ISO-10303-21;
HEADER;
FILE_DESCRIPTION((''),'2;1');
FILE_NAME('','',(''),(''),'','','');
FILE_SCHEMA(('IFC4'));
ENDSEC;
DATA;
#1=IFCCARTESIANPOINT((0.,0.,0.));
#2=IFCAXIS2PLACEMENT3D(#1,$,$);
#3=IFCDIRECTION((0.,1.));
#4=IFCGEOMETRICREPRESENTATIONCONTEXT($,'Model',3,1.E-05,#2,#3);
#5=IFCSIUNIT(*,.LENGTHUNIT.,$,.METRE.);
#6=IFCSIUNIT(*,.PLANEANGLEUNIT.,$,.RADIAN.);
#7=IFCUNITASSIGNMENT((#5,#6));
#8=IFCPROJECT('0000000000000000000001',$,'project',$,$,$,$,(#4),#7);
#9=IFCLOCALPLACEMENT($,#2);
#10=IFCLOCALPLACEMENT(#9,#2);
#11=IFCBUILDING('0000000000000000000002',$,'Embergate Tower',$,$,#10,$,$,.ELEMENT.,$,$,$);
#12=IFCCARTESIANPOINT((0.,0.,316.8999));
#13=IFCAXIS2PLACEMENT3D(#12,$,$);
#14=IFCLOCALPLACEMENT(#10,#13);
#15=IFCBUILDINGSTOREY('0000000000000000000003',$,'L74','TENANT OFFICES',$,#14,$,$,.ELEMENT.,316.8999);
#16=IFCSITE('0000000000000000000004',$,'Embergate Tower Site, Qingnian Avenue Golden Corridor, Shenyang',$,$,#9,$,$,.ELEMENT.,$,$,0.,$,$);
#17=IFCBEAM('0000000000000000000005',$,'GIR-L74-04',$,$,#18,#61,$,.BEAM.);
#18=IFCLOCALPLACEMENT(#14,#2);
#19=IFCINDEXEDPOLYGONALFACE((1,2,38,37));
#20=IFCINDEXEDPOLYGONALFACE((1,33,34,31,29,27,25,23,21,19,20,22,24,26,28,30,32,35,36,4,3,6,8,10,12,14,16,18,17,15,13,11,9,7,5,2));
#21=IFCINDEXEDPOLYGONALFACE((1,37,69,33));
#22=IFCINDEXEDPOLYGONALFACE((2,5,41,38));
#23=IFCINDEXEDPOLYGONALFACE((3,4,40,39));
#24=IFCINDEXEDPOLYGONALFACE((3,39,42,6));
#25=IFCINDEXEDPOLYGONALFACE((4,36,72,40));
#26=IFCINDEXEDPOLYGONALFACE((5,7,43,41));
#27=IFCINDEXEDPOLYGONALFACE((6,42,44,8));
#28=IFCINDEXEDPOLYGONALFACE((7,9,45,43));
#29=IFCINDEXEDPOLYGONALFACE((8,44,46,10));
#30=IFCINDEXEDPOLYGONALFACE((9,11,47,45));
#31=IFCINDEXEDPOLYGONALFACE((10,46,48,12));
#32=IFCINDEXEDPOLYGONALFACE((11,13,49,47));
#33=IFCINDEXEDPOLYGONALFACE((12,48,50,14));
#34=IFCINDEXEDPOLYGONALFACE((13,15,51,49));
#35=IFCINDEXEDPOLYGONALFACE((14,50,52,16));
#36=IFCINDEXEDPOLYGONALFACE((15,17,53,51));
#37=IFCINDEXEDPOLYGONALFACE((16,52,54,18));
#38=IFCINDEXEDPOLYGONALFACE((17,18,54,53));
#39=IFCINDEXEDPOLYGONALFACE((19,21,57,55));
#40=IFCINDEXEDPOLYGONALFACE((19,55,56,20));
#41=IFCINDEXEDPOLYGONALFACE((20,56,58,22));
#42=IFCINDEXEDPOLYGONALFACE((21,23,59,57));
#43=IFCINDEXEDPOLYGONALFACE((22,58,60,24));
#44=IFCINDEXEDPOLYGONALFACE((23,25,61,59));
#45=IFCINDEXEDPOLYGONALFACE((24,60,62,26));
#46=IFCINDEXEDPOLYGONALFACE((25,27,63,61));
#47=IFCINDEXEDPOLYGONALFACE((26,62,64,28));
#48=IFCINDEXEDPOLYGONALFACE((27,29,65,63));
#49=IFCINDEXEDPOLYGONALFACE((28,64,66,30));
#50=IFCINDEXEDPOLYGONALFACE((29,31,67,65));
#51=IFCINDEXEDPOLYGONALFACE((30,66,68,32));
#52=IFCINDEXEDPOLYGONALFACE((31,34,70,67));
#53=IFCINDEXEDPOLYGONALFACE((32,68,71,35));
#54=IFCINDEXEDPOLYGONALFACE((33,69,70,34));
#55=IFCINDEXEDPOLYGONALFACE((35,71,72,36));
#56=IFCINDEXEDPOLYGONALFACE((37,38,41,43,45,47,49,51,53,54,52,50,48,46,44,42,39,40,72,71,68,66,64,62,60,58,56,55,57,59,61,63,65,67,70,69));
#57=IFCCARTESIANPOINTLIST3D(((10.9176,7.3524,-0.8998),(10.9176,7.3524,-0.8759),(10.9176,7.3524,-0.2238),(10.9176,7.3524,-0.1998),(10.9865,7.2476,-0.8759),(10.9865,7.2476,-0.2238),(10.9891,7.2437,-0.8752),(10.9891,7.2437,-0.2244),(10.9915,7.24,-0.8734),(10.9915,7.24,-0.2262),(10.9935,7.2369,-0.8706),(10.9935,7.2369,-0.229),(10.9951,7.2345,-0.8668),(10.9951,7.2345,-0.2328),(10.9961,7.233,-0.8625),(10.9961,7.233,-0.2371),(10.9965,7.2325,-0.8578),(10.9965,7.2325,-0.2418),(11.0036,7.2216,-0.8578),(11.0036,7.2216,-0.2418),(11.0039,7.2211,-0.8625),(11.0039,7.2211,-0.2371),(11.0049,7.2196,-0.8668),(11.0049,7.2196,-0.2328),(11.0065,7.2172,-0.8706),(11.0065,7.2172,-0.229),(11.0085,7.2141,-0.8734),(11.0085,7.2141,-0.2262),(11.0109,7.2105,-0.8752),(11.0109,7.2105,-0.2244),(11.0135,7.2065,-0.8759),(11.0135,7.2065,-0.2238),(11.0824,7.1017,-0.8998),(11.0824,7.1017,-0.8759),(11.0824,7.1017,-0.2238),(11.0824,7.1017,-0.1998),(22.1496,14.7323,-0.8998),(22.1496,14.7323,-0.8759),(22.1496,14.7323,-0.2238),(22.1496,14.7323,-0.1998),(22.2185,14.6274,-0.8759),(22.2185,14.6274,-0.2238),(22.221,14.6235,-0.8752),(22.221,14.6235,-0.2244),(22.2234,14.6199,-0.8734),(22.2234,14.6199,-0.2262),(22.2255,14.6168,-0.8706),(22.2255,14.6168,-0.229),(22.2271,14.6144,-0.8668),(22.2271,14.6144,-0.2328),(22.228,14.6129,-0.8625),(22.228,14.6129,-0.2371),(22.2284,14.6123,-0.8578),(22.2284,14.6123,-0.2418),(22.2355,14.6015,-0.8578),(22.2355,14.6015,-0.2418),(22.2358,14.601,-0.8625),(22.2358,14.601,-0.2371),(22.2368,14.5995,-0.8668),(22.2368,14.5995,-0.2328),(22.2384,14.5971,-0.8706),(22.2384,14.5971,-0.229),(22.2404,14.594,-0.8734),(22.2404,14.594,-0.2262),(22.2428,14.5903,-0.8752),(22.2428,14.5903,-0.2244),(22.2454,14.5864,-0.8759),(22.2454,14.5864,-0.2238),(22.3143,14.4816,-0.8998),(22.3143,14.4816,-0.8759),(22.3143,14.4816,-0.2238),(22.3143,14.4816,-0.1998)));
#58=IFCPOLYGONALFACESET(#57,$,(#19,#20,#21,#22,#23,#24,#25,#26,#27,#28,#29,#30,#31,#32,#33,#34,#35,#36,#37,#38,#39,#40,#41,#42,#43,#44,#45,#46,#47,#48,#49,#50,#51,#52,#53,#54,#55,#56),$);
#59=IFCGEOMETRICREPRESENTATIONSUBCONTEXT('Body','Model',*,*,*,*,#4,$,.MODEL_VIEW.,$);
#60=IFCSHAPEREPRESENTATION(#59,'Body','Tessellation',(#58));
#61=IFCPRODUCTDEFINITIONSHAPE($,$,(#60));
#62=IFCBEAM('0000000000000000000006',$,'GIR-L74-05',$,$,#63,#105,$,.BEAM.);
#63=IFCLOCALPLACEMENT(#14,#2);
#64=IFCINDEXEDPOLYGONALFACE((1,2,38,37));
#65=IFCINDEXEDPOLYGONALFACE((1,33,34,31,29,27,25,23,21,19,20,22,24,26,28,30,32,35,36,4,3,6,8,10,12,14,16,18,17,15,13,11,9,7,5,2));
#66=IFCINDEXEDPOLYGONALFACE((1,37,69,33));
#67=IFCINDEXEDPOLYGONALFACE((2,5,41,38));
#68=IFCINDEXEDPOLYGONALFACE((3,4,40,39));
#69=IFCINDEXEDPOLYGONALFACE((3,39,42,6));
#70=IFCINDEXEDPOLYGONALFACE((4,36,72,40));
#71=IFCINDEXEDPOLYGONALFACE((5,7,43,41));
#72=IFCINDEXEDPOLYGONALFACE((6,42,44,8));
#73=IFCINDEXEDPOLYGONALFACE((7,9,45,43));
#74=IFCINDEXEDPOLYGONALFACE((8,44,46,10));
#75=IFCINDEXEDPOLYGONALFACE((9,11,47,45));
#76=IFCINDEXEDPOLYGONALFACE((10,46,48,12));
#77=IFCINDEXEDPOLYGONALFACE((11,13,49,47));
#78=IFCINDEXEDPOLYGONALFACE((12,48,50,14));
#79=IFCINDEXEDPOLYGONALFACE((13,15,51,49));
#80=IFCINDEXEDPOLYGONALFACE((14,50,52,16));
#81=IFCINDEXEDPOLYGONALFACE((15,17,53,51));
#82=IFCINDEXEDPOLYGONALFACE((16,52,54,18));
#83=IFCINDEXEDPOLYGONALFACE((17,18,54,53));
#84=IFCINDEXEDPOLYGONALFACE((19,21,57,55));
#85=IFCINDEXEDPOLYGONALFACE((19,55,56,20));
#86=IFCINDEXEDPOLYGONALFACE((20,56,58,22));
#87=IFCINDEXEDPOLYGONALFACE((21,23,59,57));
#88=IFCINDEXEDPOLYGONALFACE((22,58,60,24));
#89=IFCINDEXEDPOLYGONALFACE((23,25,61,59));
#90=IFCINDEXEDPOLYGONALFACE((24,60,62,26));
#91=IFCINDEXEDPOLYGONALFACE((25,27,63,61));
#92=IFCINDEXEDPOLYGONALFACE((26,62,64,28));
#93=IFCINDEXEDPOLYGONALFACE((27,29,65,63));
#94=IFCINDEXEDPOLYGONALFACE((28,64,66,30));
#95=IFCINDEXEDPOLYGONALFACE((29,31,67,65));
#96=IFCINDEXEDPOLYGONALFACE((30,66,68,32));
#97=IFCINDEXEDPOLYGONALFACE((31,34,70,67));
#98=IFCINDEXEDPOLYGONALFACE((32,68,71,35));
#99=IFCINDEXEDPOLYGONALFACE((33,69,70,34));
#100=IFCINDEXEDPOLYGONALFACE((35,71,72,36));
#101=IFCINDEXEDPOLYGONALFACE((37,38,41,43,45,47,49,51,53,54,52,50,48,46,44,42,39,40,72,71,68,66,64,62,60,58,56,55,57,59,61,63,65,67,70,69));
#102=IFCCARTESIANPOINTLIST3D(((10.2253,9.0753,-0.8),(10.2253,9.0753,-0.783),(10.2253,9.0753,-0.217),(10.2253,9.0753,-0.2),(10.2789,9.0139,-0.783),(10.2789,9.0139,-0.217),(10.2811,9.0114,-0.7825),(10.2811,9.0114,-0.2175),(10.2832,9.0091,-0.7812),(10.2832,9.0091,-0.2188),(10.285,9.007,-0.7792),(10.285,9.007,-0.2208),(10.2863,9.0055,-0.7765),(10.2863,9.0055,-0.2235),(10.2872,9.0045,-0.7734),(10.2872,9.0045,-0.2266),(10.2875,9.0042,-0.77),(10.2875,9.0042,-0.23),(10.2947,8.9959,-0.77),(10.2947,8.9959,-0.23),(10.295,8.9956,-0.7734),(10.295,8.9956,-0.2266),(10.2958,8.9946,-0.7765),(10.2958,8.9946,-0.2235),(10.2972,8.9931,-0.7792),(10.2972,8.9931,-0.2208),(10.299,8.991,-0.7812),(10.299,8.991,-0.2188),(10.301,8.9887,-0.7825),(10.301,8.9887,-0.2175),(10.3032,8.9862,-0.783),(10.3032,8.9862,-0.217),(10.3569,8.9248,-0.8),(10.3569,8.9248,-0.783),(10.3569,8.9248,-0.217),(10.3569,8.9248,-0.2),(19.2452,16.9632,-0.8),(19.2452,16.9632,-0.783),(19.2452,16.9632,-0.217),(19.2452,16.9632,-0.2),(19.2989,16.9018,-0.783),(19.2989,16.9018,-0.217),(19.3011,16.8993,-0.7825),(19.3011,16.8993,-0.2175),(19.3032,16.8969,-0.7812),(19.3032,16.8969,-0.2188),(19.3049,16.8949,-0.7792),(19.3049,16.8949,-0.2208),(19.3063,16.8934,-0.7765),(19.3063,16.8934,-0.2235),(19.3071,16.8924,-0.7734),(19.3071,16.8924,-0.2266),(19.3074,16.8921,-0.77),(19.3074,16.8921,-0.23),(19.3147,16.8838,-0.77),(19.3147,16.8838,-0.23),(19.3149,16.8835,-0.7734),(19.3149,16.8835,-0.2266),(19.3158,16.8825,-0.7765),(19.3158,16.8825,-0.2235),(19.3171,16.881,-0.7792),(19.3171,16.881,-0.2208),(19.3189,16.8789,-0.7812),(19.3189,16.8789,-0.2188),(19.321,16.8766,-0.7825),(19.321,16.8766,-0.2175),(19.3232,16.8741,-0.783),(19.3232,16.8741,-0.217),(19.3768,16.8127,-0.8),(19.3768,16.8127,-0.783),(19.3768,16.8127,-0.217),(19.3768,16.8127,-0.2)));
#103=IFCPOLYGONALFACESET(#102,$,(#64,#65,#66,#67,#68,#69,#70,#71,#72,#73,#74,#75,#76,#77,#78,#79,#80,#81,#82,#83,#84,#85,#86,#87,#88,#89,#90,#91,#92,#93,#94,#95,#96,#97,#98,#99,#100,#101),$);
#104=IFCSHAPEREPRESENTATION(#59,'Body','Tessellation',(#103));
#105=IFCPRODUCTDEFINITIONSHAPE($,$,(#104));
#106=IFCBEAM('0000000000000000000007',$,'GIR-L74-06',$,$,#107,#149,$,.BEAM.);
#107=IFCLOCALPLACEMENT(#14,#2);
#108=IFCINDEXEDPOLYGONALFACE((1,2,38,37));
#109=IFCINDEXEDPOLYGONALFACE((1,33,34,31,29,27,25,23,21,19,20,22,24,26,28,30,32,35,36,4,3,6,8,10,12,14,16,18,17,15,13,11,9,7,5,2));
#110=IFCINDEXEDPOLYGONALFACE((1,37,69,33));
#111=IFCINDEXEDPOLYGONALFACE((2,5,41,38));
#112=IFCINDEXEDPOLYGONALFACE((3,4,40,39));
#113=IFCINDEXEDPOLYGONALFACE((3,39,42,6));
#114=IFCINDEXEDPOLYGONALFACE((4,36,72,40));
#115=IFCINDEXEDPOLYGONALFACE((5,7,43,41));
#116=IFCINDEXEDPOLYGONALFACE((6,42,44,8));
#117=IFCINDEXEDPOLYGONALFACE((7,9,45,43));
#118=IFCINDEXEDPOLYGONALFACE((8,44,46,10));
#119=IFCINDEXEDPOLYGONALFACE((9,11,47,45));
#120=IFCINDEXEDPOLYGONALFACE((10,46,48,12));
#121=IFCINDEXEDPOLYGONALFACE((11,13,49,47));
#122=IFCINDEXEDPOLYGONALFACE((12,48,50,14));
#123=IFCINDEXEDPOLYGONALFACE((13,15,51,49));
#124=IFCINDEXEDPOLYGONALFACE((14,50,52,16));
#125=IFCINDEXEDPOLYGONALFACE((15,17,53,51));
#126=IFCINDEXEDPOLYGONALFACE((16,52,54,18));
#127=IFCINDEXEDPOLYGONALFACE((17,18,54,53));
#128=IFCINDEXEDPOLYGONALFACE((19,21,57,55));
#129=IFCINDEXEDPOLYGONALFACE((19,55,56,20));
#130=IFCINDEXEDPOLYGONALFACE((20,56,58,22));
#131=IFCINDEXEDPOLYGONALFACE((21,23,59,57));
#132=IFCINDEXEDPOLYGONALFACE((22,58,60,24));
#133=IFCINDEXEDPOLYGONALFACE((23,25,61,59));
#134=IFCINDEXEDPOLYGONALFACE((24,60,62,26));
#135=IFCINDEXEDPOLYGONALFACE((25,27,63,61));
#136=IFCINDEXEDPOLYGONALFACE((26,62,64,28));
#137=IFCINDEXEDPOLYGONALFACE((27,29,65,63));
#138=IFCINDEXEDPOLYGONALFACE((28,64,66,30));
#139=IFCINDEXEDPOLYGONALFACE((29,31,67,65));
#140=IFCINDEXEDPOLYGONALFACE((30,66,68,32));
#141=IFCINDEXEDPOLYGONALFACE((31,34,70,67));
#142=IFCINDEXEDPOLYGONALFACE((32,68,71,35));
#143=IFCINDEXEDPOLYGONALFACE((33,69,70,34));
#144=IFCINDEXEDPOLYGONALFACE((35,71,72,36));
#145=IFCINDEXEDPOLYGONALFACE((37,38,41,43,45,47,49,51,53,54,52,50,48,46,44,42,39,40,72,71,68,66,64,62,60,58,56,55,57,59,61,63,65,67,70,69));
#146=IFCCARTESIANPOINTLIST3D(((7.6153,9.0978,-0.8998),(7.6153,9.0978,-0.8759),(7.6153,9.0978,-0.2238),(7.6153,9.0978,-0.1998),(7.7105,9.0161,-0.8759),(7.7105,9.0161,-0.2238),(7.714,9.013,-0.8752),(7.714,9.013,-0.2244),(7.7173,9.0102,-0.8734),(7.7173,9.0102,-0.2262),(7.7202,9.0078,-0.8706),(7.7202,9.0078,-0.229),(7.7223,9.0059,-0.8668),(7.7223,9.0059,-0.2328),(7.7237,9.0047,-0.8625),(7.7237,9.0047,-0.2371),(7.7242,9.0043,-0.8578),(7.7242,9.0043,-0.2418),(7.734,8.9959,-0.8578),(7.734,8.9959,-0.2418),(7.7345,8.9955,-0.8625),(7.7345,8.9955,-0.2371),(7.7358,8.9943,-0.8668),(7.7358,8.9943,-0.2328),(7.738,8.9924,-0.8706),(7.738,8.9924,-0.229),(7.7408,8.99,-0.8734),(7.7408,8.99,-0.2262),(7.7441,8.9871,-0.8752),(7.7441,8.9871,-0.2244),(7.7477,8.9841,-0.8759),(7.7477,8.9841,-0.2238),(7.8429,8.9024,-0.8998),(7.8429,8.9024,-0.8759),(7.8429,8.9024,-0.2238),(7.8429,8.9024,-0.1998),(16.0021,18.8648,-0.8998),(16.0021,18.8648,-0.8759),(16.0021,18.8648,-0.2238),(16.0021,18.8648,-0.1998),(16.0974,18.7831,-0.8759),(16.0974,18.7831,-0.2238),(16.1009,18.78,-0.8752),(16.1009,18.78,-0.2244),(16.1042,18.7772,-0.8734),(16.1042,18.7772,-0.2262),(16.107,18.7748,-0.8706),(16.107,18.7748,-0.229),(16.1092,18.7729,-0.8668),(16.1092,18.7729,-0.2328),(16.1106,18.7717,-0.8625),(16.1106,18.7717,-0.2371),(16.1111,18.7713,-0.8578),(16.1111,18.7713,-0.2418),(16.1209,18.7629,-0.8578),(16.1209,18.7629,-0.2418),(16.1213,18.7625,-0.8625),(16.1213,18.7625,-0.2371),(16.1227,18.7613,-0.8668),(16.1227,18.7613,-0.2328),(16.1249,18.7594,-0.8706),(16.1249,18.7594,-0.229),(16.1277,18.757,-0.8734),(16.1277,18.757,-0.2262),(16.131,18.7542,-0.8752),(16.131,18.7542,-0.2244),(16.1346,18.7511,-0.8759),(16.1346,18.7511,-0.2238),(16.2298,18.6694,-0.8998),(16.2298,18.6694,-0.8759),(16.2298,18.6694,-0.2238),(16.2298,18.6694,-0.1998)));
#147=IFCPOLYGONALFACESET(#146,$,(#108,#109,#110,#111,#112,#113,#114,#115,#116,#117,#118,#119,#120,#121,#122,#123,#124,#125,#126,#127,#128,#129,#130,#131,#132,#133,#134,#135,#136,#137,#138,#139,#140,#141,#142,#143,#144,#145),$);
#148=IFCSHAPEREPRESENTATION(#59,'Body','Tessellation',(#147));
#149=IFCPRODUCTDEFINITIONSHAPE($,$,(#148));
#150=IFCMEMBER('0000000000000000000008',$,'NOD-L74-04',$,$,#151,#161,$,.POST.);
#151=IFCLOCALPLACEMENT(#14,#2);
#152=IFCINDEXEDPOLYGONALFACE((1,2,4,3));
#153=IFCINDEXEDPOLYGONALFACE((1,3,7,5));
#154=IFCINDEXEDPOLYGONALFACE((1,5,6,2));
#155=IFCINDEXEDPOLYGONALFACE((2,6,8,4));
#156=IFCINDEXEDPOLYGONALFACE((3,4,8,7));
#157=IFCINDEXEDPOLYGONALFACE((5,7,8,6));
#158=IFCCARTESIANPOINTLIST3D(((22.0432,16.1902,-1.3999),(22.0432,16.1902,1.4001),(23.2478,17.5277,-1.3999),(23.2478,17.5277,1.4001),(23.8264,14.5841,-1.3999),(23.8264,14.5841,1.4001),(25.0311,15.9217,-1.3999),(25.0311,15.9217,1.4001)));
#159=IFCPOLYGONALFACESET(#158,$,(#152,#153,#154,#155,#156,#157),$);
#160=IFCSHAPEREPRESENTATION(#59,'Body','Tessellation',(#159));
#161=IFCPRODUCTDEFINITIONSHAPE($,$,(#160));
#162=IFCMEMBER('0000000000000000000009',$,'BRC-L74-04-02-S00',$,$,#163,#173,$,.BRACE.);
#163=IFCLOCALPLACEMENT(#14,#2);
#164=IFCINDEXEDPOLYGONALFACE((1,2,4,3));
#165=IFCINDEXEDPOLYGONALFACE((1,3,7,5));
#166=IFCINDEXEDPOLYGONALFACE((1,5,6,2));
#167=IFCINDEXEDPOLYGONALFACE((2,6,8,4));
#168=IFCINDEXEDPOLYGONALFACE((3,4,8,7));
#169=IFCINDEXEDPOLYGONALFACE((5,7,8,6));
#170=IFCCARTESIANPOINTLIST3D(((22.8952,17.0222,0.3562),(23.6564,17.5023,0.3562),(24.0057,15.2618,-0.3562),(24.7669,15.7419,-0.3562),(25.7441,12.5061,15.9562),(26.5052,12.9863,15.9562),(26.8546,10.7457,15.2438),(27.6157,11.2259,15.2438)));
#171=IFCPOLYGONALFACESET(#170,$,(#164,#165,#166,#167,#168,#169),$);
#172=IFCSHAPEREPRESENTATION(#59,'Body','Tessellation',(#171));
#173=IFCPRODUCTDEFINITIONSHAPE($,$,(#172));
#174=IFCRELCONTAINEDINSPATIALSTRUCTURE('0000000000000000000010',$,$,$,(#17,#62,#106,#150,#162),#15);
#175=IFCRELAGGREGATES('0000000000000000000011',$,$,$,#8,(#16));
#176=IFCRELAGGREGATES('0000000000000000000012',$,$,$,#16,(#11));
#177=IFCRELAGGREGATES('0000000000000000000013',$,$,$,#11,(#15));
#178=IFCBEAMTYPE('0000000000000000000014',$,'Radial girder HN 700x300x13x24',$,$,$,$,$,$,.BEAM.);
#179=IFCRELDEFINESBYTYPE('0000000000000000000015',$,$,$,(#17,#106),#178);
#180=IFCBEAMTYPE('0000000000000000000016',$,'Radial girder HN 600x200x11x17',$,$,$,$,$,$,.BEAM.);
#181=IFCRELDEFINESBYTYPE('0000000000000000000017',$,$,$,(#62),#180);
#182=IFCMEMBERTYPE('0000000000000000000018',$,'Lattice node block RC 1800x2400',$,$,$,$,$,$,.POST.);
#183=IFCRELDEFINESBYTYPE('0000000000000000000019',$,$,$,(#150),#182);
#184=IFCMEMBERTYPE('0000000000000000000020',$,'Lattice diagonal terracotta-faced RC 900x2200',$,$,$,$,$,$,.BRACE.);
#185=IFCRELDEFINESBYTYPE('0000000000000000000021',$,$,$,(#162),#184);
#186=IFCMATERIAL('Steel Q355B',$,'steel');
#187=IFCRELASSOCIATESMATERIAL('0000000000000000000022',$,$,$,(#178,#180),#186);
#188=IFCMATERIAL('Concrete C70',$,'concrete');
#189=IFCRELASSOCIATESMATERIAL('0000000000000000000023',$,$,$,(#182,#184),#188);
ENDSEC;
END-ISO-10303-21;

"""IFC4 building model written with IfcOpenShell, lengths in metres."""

from ifc_helpers import new_model, si_unit, direction, frame, origin, origin_2d, place, context, subcontext, project, spatial, rectangle, i_section, extrude, source, transform, mapped, material, material_profile, profile_set, type_object, element, save


model = new_model("IFC4")

# Units and contexts
model_context = context("Model", 3, precision=1e-05, world=origin(), true_north=direction((0.0, 1.0)))
body_context = subcontext(model_context, "Body", "Model", "MODEL_VIEW")
ifc_project = project(units=[si_unit("LENGTHUNIT", "METRE"), si_unit("PLANEANGLEUNIT", "RADIAN")], contexts=[model_context])

# Site, building, storey
site_placement = place(None, origin())
site = spatial("IfcSite", under=ifc_project, at=site_placement, Name="Embergate Tower Site, Qingnian Avenue Golden Corridor, Shenyang", CompositionType="ELEMENT", RefElevation=0.0)
building_placement = place(site_placement, origin())
building = spatial("IfcBuilding", under=site, at=building_placement, Name="Embergate Tower", CompositionType="ELEMENT")
storey_placement = place(building_placement, frame((0.0, 0.0, 316.8999)))
storey = spatial("IfcBuildingStorey", under=building, at=storey_placement, Name="L74", Description="TENANT OFFICES", CompositionType="ELEMENT", Elevation=316.8999)

# Beams
ifc_material_1 = material(Name="Steel Q355B", Category="steel")
ifc_material_profile_1 = material_profile(ifc_material_1, i_section(OverallWidth=0.3, OverallDepth=0.7, WebThickness=0.0129, FlangeThickness=0.0239, FilletRadius=0.0181, at=origin_2d()), Name="HN 700x300x13x24")
ifc_profile_set_1 = profile_set([ifc_material_profile_1], Name="Steel Q355 grade B")
beam_type_1 = type_object("IfcBeamType", Name="Radial girder HN 700x300x13x24", PredefinedType="BEAM", material=ifc_profile_set_1)
shared_shape_1 = source(origin(), body_context, "Body", "SweptSolid", [
    extrude(i_section(OverallWidth=0.3, OverallDepth=0.7, WebThickness=0.0129, FlangeThickness=0.0239, FilletRadius=0.0181, at=origin_2d()), origin(), (0.0, 0.0, 1.0), 13.4395),
])
beam_1_placement = place(storey_placement, frame((22.2319, 14.6069, -0.5498), z_axis=(-0.835743, -0.549121, 0.0), x_axis=(0.549121, -0.835743, 0.0)))
element("IfcBeam", 1, at=beam_1_placement, inside=storey, type_object=beam_type_1, Name="GIR-L74-04", PredefinedType="BEAM", context=body_context, shape_type="MappedRepresentation", body=[
    mapped(shared_shape_1, transform((0.0, 0.0, 0.0))),
])
ifc_material_profile_2 = material_profile(ifc_material_1, i_section(OverallWidth=0.2, OverallDepth=0.6001, WebThickness=0.011, FlangeThickness=0.0171, FilletRadius=0.0129, at=origin_2d()), Name="HN 600x200x11x17")
ifc_profile_set_2 = profile_set([ifc_material_profile_2], Name="Steel Q355 grade B")
beam_type_2 = type_object("IfcBeamType", Name="Radial girder HN 600x200x11x17", PredefinedType="BEAM", material=ifc_profile_set_2)
shared_shape_2 = source(origin(), body_context, "Body", "SweptSolid", [
    extrude(i_section(OverallWidth=0.2, OverallDepth=0.6001, WebThickness=0.011, FlangeThickness=0.0171, FilletRadius=0.0129, at=origin_2d()), origin(), (0.0, 0.0, 1.0), 11.9824),
])
beam_2_placement = place(storey_placement, frame((19.311, 16.8879, -0.5), z_axis=(-0.752766, -0.658288, 0.0), x_axis=(0.658288, -0.752766, 0.0)))
element("IfcBeam", 2, at=beam_2_placement, inside=storey, type_object=beam_type_2, Name="GIR-L74-05", PredefinedType="BEAM", context=body_context, shape_type="MappedRepresentation", body=[
    mapped(shared_shape_2, transform((0.0, 0.0, 0.0))),
])
shared_shape_3 = source(origin(), body_context, "Body", "SweptSolid", [
    extrude(i_section(OverallWidth=0.3, OverallDepth=0.7, WebThickness=0.0129, FlangeThickness=0.0239, FilletRadius=0.0181, at=origin_2d()), origin(), (0.0, 0.0, 1.0), 12.8738),
])
beam_3_placement = place(storey_placement, frame((16.116, 18.7671, -0.5498), z_axis=(-0.65147, -0.758674, 0.0), x_axis=(0.758674, -0.65147, 0.0)))
element("IfcBeam", 3, at=beam_3_placement, inside=storey, type_object=beam_type_1, Name="GIR-L74-06", PredefinedType="BEAM", context=body_context, shape_type="MappedRepresentation", body=[
    mapped(shared_shape_3, transform((0.0, 0.0, 0.0))),
])

# Members
ifc_material_2 = material(Name="Concrete C70", Category="concrete")
ifc_material_profile_3 = material_profile(ifc_material_2, rectangle(XDim=1.8, YDim=2.3999, at=origin_2d()), Name="RC 1800x2400")
ifc_profile_set_3 = profile_set([ifc_material_profile_3], Name="Concrete C70")
member_type_1 = type_object("IfcMemberType", Name="Lattice node block RC 1800x2400", PredefinedType="POST", material=ifc_profile_set_3)
shared_shape_4 = source(origin(), body_context, "Body", "SweptSolid", [
    extrude(rectangle(XDim=1.8, YDim=2.3999, at=origin_2d()), origin(), (0.0, 0.0, 1.0), 2.8),
])
member_1_placement = place(storey_placement, frame((23.5371, 16.0559, -1.3999), z_axis=(0.0, 0.0, 1.0), x_axis=(0.669221, 0.743063, 0.0)))
element("IfcMember", 4, at=member_1_placement, inside=storey, type_object=member_type_1, Name="NOD-L74-04", PredefinedType="POST", context=body_context, shape_type="MappedRepresentation", body=[
    mapped(shared_shape_4, transform((0.0, 0.0, 0.0))),
])
ifc_material_profile_4 = material_profile(ifc_material_2, rectangle(XDim=0.8999, YDim=2.2, at=origin_2d()), Name="RC 900x2200")
ifc_profile_set_4 = profile_set([ifc_material_profile_4], Name="Concrete C70")
member_type_2 = type_object("IfcMemberType", Name="Lattice diagonal terracotta-faced RC 900x2200", PredefinedType="BRACE", material=ifc_profile_set_4)
shared_shape_5 = source(origin(), body_context, "Body", "SweptSolid", [
    extrude(rectangle(XDim=0.8999, YDim=2.2, at=origin_2d()), origin(), (0.0, 0.0, 1.0), 16.4885),
])
member_2_placement = place(storey_placement, frame((23.8311, 16.3821, 0.0), z_axis=(0.172778, -0.273893, 0.946113), x_axis=(0.845777, 0.533537, 0.0)))
element("IfcMember", 5, at=member_2_placement, inside=storey, type_object=member_type_2, Name="BRC-L74-04-02-S00", PredefinedType="BRACE", context=body_context, shape_type="MappedRepresentation", body=[
    mapped(shared_shape_5, transform((0.0, 0.0, 0.0))),
])

save(model, "model.ifc")
